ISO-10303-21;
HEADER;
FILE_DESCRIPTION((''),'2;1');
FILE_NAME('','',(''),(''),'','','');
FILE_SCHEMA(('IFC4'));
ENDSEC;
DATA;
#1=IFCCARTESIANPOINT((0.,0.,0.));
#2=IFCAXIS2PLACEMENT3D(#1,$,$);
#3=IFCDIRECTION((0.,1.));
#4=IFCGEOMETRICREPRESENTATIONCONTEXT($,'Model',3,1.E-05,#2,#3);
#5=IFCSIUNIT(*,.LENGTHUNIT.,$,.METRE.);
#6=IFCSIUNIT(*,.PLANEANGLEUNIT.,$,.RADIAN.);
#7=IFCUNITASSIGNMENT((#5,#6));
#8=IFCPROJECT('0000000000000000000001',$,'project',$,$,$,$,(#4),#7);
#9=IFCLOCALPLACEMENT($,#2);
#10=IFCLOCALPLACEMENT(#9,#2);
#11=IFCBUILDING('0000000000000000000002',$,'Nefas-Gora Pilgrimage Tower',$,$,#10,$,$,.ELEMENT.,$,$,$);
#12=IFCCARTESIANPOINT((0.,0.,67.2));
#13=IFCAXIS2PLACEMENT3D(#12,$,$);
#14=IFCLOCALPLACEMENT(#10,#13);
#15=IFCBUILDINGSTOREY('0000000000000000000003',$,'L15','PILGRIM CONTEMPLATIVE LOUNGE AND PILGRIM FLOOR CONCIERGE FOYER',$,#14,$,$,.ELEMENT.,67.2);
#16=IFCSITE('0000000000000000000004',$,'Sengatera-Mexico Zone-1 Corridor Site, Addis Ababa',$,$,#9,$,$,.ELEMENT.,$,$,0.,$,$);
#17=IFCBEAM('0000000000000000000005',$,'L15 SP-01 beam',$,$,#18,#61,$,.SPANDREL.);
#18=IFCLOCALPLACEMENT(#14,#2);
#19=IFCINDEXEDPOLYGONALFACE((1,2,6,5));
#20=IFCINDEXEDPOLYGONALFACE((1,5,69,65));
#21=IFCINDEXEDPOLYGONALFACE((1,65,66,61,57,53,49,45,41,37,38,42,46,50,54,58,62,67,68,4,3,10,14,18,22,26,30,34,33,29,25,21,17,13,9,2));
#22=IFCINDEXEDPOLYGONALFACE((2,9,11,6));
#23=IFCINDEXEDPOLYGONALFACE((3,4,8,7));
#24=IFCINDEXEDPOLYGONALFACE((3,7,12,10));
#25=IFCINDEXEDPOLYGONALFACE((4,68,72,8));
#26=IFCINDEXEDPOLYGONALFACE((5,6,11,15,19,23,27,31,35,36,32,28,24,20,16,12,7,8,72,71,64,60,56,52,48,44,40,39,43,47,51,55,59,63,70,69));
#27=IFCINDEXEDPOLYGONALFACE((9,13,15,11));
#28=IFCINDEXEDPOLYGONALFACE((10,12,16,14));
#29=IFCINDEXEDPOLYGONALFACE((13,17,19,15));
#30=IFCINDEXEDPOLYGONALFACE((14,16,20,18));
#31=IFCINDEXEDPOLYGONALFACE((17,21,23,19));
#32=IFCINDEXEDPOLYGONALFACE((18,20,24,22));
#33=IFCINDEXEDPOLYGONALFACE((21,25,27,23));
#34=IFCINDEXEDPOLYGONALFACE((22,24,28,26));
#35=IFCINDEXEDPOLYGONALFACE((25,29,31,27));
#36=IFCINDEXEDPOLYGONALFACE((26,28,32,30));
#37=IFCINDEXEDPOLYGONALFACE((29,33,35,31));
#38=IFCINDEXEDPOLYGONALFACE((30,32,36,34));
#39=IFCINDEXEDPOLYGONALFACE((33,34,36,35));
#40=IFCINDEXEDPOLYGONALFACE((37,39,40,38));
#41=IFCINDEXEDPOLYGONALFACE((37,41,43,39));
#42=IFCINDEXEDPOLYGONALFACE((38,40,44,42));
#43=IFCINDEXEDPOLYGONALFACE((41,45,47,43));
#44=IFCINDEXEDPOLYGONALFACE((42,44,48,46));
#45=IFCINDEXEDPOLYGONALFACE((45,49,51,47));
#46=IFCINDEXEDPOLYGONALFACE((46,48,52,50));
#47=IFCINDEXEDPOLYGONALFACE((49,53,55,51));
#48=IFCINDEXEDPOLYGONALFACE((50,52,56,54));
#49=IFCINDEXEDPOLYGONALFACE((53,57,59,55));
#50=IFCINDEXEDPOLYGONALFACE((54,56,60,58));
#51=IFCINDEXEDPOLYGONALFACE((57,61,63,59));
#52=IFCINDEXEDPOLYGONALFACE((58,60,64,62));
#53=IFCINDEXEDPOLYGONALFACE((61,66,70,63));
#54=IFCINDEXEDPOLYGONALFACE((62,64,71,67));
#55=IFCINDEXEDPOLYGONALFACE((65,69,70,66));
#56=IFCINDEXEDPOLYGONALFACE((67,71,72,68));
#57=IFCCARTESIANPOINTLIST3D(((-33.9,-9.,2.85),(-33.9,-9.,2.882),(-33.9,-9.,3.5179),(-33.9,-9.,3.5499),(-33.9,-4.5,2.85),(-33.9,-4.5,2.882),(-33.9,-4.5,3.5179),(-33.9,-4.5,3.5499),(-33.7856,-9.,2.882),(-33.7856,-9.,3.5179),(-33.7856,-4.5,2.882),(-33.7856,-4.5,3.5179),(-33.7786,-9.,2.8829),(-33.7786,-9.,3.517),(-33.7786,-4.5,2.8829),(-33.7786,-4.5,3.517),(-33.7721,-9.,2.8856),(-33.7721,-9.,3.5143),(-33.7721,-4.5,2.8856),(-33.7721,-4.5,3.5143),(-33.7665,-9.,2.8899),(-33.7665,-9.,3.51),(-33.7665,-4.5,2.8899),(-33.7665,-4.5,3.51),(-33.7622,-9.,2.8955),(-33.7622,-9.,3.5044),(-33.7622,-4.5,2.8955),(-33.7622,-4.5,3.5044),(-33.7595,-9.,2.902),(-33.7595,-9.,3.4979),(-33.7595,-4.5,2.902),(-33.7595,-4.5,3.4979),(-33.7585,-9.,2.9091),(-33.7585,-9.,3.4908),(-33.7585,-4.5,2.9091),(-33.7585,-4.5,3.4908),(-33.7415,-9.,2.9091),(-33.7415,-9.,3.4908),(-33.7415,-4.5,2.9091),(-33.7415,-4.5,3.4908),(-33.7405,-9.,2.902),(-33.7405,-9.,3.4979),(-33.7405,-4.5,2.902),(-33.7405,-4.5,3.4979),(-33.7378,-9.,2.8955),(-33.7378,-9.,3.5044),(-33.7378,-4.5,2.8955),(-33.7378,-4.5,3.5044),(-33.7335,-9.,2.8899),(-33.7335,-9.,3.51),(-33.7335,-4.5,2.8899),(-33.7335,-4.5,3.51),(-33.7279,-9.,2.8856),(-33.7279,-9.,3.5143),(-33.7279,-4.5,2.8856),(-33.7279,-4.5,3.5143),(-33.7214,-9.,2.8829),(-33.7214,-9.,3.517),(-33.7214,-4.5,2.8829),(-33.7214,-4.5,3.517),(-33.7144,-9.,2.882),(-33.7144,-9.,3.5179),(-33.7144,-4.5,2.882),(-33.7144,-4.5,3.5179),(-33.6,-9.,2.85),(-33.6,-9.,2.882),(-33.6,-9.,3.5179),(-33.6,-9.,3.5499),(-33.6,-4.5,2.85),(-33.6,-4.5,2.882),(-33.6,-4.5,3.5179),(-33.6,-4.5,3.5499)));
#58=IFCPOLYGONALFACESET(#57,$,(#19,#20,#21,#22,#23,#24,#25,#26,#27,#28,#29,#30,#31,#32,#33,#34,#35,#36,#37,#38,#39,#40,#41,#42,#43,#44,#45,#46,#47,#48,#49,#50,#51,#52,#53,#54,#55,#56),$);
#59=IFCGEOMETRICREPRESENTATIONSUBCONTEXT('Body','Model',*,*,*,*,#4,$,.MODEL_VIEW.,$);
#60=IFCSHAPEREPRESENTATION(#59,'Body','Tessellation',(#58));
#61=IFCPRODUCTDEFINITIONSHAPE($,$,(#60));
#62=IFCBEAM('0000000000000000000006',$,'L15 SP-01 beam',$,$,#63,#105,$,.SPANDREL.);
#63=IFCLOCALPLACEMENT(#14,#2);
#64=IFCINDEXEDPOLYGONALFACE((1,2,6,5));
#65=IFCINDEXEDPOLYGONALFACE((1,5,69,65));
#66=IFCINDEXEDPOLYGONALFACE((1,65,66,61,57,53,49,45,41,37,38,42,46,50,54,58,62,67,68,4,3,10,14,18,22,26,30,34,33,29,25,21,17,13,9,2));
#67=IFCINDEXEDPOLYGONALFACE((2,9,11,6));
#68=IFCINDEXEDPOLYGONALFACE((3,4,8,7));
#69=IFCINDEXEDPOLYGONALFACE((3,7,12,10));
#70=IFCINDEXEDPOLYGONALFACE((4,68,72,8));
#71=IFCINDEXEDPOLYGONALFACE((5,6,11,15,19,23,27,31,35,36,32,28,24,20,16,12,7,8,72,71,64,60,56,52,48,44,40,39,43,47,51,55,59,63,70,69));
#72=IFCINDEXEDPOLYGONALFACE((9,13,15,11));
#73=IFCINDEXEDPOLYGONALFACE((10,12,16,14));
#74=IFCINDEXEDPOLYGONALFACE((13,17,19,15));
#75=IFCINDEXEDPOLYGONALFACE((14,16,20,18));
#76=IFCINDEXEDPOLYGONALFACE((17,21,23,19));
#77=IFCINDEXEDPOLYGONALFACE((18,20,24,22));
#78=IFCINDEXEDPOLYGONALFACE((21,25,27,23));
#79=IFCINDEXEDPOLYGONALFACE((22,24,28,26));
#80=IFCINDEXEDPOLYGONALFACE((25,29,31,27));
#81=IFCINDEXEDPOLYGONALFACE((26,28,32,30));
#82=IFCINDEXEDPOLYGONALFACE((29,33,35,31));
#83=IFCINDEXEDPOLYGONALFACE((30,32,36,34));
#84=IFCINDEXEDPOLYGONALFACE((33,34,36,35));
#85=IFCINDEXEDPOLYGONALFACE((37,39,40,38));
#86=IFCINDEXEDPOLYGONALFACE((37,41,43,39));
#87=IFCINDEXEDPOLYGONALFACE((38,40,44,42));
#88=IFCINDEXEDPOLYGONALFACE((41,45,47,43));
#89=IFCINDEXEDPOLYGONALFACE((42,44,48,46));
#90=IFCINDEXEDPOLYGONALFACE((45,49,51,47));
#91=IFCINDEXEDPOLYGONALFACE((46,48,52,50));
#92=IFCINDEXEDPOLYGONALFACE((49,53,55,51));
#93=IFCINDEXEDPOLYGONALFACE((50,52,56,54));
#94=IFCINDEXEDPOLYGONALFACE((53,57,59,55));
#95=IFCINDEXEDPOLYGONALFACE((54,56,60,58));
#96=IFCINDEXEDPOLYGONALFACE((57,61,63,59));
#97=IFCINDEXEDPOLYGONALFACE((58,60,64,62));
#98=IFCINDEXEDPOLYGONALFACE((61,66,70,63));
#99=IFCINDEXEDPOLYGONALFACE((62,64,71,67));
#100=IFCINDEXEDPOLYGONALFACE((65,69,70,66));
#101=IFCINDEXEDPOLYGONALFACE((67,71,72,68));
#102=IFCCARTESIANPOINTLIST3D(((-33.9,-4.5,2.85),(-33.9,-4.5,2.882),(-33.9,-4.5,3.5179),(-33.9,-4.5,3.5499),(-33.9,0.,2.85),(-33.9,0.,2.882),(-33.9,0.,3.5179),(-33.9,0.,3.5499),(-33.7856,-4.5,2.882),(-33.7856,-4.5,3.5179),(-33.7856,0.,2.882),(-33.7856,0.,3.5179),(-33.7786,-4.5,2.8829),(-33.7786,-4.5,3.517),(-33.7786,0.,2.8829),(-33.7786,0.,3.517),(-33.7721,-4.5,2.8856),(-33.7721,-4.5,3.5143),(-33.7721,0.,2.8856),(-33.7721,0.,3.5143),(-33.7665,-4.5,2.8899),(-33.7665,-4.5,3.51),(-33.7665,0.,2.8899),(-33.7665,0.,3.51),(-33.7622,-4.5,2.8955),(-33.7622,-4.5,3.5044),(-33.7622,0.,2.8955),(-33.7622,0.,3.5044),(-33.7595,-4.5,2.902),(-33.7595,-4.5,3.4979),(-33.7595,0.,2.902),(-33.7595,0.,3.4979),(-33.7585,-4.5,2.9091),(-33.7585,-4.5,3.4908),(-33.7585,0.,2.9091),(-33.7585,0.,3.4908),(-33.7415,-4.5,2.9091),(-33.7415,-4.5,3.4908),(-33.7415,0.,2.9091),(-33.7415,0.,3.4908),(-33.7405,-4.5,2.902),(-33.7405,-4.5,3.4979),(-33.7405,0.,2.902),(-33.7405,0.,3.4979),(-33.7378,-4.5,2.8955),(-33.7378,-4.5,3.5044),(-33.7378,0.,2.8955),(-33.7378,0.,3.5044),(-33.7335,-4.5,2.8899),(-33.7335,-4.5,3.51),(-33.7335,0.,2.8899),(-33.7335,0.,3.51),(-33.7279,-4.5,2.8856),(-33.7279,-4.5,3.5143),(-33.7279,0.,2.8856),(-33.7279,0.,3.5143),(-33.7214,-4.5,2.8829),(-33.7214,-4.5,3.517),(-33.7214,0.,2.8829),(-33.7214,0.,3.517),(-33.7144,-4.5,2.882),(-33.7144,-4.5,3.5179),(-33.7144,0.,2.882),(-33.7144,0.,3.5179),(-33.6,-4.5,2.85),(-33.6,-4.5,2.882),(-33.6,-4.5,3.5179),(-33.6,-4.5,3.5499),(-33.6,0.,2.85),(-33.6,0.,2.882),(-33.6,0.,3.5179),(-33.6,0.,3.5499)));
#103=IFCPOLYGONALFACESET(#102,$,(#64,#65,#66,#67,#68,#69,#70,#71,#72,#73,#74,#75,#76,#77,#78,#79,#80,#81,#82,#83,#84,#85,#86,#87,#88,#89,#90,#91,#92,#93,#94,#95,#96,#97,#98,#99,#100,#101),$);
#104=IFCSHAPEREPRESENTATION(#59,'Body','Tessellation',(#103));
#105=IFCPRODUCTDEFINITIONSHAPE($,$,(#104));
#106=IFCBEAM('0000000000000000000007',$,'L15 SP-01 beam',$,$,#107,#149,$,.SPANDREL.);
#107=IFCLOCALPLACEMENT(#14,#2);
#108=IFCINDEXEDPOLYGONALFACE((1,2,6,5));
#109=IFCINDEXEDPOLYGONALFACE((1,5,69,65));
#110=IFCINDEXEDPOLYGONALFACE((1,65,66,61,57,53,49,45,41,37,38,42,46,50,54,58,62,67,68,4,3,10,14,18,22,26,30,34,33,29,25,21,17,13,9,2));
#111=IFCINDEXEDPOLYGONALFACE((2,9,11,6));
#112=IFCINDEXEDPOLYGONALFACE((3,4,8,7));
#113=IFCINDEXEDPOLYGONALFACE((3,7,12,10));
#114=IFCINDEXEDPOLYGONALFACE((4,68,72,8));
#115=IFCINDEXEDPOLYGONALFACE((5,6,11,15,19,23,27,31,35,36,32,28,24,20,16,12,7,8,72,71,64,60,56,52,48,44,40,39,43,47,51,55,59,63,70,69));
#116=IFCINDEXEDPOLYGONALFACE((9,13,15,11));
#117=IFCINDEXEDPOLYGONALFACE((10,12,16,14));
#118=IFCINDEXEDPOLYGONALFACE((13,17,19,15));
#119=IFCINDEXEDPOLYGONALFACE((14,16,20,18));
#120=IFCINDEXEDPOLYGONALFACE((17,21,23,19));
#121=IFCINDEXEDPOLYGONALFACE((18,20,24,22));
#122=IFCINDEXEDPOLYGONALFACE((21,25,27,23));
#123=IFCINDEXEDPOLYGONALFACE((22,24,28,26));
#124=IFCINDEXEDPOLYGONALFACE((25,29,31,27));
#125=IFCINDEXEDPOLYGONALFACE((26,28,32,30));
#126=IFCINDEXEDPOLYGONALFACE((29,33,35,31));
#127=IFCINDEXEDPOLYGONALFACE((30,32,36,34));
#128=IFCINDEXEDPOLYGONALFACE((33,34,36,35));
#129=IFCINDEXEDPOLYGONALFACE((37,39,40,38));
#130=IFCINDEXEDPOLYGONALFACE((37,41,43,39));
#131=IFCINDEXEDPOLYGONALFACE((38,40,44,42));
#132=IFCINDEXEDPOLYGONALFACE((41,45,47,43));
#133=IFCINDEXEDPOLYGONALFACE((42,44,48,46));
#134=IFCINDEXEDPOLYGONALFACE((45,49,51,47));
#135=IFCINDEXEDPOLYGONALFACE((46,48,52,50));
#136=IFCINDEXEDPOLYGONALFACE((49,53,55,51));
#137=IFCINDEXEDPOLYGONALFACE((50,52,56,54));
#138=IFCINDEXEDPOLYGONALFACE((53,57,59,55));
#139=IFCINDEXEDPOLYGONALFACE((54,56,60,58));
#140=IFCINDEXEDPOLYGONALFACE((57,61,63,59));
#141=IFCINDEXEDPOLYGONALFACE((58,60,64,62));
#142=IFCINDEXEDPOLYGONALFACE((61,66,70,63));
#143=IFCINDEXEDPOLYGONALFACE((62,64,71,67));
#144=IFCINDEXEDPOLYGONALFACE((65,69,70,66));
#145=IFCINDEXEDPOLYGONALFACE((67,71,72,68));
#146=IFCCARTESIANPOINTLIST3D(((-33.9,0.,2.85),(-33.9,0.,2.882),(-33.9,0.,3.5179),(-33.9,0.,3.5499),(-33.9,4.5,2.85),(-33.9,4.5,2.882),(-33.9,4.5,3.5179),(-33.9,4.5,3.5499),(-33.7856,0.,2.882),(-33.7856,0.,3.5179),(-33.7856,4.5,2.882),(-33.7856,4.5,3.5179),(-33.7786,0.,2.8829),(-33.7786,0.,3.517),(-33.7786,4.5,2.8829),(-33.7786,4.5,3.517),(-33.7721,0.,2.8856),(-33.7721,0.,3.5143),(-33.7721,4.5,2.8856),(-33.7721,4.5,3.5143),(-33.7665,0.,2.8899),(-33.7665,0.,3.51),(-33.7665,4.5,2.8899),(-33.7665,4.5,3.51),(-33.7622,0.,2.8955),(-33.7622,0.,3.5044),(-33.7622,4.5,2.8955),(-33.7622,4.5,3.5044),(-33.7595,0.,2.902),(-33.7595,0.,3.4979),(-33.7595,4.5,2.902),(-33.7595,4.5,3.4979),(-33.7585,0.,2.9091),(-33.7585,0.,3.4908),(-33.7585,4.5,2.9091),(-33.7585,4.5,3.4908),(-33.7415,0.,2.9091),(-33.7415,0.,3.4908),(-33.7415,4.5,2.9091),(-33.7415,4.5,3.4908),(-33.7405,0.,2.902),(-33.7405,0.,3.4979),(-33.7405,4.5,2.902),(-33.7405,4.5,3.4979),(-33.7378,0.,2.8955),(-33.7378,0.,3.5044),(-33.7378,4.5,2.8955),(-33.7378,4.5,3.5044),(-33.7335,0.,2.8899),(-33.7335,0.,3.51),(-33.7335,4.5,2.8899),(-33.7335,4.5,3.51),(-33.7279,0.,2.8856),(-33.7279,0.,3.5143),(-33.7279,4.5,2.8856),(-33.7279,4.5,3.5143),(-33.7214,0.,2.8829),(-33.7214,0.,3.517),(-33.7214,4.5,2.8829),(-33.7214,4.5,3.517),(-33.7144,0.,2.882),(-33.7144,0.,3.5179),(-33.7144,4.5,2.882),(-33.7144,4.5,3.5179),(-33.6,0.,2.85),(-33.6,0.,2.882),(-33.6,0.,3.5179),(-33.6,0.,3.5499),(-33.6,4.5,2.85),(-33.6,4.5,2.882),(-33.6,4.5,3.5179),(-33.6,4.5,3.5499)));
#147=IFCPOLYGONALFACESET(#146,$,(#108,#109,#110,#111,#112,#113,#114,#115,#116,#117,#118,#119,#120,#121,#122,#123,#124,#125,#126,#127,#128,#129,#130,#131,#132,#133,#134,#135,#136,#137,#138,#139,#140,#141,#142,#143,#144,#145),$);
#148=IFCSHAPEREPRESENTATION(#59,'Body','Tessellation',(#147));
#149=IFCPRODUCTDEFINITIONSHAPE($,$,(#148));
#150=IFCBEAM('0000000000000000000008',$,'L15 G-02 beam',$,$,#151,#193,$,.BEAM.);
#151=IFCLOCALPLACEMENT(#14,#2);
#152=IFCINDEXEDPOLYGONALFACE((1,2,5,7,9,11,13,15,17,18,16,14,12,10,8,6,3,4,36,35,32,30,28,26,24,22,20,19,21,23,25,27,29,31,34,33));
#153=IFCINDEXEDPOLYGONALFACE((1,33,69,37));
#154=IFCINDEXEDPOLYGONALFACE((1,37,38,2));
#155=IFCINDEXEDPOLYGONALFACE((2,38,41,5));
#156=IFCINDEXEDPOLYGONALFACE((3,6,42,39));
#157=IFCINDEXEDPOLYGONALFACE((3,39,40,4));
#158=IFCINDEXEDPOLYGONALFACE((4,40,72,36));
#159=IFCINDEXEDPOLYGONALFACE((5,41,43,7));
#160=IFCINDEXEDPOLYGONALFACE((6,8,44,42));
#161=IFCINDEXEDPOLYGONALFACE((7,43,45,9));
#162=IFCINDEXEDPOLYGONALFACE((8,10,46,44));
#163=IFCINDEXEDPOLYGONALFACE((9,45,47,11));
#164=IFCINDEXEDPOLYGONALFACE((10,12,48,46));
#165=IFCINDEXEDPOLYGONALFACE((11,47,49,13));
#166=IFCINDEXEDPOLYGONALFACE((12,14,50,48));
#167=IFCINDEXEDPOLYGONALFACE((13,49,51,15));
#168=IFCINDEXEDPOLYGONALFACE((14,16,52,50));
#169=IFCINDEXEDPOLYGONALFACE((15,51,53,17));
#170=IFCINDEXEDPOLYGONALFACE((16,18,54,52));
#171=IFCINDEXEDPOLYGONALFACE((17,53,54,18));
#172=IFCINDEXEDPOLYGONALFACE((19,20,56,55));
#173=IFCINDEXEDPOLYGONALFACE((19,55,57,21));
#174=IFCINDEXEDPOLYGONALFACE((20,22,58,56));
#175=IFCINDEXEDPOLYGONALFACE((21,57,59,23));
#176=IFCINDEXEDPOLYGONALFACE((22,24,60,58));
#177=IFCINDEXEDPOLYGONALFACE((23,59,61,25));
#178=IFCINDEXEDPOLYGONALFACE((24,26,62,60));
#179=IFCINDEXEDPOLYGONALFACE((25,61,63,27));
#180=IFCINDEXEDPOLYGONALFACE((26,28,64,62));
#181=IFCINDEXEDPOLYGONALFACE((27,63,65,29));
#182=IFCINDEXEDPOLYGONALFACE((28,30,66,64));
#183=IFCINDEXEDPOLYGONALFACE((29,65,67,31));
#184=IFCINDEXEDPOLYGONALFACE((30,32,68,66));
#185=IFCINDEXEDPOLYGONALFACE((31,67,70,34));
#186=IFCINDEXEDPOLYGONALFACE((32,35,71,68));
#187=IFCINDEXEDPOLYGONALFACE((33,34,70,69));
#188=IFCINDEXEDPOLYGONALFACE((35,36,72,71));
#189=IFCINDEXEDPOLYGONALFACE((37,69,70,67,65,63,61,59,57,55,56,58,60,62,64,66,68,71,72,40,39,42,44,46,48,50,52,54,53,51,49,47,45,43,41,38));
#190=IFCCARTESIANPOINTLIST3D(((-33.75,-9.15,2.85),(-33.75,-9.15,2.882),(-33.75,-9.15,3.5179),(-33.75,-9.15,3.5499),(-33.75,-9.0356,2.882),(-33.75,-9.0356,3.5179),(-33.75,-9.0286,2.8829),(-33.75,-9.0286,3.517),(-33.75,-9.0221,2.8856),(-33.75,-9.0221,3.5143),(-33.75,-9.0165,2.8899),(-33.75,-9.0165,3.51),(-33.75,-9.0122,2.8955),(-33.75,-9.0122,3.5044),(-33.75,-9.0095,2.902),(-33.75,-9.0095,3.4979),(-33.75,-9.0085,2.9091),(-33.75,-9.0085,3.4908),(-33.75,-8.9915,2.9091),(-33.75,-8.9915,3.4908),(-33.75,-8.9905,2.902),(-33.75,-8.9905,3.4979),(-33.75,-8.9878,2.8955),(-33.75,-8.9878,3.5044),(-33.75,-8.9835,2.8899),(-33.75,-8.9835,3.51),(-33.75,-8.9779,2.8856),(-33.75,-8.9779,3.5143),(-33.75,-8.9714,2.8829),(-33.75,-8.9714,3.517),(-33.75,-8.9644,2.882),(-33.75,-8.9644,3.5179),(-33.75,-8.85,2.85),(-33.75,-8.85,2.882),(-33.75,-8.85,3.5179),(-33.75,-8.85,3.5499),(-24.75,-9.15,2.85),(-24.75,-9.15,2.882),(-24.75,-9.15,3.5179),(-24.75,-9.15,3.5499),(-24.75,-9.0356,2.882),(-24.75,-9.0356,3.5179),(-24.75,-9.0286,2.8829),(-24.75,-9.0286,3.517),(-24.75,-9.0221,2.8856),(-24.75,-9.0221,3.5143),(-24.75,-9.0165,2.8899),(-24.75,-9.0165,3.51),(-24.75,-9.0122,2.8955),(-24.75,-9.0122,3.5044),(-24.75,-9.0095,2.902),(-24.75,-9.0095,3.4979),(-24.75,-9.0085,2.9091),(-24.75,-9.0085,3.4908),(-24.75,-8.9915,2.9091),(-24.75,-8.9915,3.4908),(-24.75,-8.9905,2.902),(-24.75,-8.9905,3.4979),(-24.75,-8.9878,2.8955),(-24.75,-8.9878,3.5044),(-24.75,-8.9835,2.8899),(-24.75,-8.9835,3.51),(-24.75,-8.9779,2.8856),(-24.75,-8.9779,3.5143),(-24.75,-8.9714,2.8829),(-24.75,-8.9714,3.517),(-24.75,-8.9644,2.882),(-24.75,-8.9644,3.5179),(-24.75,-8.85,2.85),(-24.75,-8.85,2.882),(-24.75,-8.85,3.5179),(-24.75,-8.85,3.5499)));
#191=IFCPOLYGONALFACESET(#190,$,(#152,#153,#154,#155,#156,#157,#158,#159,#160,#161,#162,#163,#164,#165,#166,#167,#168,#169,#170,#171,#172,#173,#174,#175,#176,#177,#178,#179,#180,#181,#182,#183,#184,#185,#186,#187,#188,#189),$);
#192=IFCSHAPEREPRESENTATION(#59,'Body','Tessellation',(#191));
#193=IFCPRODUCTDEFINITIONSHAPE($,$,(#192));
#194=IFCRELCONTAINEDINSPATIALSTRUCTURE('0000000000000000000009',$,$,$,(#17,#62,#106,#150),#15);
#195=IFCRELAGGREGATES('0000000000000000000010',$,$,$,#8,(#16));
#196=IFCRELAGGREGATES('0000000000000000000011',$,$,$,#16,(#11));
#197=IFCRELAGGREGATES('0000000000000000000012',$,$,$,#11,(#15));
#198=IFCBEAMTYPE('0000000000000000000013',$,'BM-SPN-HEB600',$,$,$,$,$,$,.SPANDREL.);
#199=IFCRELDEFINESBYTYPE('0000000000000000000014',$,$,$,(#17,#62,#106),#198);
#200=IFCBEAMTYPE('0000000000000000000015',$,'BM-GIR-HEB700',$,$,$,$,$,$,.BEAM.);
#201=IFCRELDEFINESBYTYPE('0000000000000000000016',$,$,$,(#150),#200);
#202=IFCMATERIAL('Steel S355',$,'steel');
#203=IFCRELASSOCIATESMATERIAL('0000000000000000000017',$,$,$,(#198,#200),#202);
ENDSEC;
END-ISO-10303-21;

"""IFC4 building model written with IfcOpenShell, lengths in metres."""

from ifc_helpers import new_model, si_unit, direction, frame, origin, origin_2d, place, context, subcontext, project, spatial, i_section, extrude, source, transform, mapped, material, material_profile, profile_set, type_object, element, save


model = new_model("IFC4")

# Units and contexts
model_context = context("Model", 3, precision=1e-05, world=origin(), true_north=direction((0.0, 1.0)))
body_context = subcontext(model_context, "Body", "Model", "MODEL_VIEW")
ifc_project = project(units=[si_unit("LENGTHUNIT", "METRE"), si_unit("PLANEANGLEUNIT", "RADIAN")], contexts=[model_context])

# Site, building, storey
site_placement = place(None, origin())
site = spatial("IfcSite", under=ifc_project, at=site_placement, Name="Sengatera-Mexico Zone-1 Corridor Site, Addis Ababa", CompositionType="ELEMENT", RefElevation=0.0)
building_placement = place(site_placement, origin())
building = spatial("IfcBuilding", under=site, at=building_placement, Name="Nefas-Gora Pilgrimage Tower", CompositionType="ELEMENT")
storey_placement = place(building_placement, frame((0.0, 0.0, 67.2)))
storey = spatial("IfcBuildingStorey", under=building, at=storey_placement, Name="L15", Description="PILGRIM CONTEMPLATIVE LOUNGE AND PILGRIM FLOOR CONCIERGE FOYER", CompositionType="ELEMENT", Elevation=67.2)

# Beams
ifc_material_1 = material(Name="Steel S355", Category="steel")
ifc_material_profile_1 = material_profile(ifc_material_1, i_section(OverallWidth=0.3, OverallDepth=0.7, WebThickness=0.0171, FlangeThickness=0.032, FilletRadius=0.0271, at=origin_2d()), Name="HEB 700")
ifc_profile_set_1 = profile_set([ifc_material_profile_1], Name="Steel S355")
beam_type_1 = type_object("IfcBeamType", Name="BM-SPN-HEB600", PredefinedType="SPANDREL", material=ifc_profile_set_1)
shared_shape_1 = source(origin(), body_context, "Body", "SweptSolid", [
    extrude(i_section(OverallWidth=0.3, OverallDepth=0.7, WebThickness=0.0171, FlangeThickness=0.032, FilletRadius=0.0271, at=origin_2d()), origin(), (0.0, 0.0, 1.0), 4.5),
])
for number, where, z_axis, x_axis, name in (
    (1, (-33.75, -9.0, 3.2), (0.0, 1.0, 0.0), (-1.0, 0.0, 0.0), "L15 SP-01 beam"),
    (2, (-33.75, -4.5, 3.2), (0.0, 1.0, 0.0), (-1.0, 0.0, 0.0), "L15 SP-01 beam"),
    (3, (-33.75, 0.0, 3.2), (0.0, 1.0, 0.0), (-1.0, 0.0, 0.0), "L15 SP-01 beam"),
):
    element("IfcBeam", number, at=place(storey_placement, frame(where, z_axis=z_axis, x_axis=x_axis)), inside=storey, type_object=beam_type_1, Name=name, PredefinedType="SPANDREL", context=body_context, shape_type="MappedRepresentation", body=[
        mapped(shared_shape_1, transform((0.0, 0.0, 0.0), x_axis=(1.0, 0.0, 0.0), y_axis=(0.0, 1.0, 0.0), z_axis=(0.0, 0.0, 1.0), scale=1.0)),
    ])
ifc_material_profile_2 = material_profile(ifc_material_1, i_section(OverallWidth=0.3, OverallDepth=0.7, WebThickness=0.0171, FlangeThickness=0.032, FilletRadius=0.0271, at=origin_2d()), Name="HEB 700")
ifc_profile_set_2 = profile_set([ifc_material_profile_2], Name="Steel S355")
beam_type_2 = type_object("IfcBeamType", Name="BM-GIR-HEB700", PredefinedType="BEAM", material=ifc_profile_set_2)
shared_shape_2 = source(origin(), body_context, "Body", "SweptSolid", [
    extrude(i_section(OverallWidth=0.3, OverallDepth=0.7, WebThickness=0.0171, FlangeThickness=0.032, FilletRadius=0.0271, at=origin_2d()), origin(), (0.0, 0.0, 1.0), 9.0),
])
for number, where, z_axis, x_axis, name in (
    (4, (-33.75, -9.0, 3.2), (1.0, 0.0, 0.0), (0.0, 1.0, 0.0), "L15 G-02 beam"),
):
    element("IfcBeam", number, at=place(storey_placement, frame(where, z_axis=z_axis, x_axis=x_axis)), inside=storey, type_object=beam_type_2, Name=name, PredefinedType="BEAM", context=body_context, shape_type="MappedRepresentation", body=[
        mapped(shared_shape_2, transform((0.0, 0.0, 0.0), x_axis=(1.0, 0.0, 0.0), y_axis=(0.0, 1.0, 0.0), z_axis=(0.0, 0.0, 1.0), scale=1.0)),
    ])

save(model, "model.ifc")
